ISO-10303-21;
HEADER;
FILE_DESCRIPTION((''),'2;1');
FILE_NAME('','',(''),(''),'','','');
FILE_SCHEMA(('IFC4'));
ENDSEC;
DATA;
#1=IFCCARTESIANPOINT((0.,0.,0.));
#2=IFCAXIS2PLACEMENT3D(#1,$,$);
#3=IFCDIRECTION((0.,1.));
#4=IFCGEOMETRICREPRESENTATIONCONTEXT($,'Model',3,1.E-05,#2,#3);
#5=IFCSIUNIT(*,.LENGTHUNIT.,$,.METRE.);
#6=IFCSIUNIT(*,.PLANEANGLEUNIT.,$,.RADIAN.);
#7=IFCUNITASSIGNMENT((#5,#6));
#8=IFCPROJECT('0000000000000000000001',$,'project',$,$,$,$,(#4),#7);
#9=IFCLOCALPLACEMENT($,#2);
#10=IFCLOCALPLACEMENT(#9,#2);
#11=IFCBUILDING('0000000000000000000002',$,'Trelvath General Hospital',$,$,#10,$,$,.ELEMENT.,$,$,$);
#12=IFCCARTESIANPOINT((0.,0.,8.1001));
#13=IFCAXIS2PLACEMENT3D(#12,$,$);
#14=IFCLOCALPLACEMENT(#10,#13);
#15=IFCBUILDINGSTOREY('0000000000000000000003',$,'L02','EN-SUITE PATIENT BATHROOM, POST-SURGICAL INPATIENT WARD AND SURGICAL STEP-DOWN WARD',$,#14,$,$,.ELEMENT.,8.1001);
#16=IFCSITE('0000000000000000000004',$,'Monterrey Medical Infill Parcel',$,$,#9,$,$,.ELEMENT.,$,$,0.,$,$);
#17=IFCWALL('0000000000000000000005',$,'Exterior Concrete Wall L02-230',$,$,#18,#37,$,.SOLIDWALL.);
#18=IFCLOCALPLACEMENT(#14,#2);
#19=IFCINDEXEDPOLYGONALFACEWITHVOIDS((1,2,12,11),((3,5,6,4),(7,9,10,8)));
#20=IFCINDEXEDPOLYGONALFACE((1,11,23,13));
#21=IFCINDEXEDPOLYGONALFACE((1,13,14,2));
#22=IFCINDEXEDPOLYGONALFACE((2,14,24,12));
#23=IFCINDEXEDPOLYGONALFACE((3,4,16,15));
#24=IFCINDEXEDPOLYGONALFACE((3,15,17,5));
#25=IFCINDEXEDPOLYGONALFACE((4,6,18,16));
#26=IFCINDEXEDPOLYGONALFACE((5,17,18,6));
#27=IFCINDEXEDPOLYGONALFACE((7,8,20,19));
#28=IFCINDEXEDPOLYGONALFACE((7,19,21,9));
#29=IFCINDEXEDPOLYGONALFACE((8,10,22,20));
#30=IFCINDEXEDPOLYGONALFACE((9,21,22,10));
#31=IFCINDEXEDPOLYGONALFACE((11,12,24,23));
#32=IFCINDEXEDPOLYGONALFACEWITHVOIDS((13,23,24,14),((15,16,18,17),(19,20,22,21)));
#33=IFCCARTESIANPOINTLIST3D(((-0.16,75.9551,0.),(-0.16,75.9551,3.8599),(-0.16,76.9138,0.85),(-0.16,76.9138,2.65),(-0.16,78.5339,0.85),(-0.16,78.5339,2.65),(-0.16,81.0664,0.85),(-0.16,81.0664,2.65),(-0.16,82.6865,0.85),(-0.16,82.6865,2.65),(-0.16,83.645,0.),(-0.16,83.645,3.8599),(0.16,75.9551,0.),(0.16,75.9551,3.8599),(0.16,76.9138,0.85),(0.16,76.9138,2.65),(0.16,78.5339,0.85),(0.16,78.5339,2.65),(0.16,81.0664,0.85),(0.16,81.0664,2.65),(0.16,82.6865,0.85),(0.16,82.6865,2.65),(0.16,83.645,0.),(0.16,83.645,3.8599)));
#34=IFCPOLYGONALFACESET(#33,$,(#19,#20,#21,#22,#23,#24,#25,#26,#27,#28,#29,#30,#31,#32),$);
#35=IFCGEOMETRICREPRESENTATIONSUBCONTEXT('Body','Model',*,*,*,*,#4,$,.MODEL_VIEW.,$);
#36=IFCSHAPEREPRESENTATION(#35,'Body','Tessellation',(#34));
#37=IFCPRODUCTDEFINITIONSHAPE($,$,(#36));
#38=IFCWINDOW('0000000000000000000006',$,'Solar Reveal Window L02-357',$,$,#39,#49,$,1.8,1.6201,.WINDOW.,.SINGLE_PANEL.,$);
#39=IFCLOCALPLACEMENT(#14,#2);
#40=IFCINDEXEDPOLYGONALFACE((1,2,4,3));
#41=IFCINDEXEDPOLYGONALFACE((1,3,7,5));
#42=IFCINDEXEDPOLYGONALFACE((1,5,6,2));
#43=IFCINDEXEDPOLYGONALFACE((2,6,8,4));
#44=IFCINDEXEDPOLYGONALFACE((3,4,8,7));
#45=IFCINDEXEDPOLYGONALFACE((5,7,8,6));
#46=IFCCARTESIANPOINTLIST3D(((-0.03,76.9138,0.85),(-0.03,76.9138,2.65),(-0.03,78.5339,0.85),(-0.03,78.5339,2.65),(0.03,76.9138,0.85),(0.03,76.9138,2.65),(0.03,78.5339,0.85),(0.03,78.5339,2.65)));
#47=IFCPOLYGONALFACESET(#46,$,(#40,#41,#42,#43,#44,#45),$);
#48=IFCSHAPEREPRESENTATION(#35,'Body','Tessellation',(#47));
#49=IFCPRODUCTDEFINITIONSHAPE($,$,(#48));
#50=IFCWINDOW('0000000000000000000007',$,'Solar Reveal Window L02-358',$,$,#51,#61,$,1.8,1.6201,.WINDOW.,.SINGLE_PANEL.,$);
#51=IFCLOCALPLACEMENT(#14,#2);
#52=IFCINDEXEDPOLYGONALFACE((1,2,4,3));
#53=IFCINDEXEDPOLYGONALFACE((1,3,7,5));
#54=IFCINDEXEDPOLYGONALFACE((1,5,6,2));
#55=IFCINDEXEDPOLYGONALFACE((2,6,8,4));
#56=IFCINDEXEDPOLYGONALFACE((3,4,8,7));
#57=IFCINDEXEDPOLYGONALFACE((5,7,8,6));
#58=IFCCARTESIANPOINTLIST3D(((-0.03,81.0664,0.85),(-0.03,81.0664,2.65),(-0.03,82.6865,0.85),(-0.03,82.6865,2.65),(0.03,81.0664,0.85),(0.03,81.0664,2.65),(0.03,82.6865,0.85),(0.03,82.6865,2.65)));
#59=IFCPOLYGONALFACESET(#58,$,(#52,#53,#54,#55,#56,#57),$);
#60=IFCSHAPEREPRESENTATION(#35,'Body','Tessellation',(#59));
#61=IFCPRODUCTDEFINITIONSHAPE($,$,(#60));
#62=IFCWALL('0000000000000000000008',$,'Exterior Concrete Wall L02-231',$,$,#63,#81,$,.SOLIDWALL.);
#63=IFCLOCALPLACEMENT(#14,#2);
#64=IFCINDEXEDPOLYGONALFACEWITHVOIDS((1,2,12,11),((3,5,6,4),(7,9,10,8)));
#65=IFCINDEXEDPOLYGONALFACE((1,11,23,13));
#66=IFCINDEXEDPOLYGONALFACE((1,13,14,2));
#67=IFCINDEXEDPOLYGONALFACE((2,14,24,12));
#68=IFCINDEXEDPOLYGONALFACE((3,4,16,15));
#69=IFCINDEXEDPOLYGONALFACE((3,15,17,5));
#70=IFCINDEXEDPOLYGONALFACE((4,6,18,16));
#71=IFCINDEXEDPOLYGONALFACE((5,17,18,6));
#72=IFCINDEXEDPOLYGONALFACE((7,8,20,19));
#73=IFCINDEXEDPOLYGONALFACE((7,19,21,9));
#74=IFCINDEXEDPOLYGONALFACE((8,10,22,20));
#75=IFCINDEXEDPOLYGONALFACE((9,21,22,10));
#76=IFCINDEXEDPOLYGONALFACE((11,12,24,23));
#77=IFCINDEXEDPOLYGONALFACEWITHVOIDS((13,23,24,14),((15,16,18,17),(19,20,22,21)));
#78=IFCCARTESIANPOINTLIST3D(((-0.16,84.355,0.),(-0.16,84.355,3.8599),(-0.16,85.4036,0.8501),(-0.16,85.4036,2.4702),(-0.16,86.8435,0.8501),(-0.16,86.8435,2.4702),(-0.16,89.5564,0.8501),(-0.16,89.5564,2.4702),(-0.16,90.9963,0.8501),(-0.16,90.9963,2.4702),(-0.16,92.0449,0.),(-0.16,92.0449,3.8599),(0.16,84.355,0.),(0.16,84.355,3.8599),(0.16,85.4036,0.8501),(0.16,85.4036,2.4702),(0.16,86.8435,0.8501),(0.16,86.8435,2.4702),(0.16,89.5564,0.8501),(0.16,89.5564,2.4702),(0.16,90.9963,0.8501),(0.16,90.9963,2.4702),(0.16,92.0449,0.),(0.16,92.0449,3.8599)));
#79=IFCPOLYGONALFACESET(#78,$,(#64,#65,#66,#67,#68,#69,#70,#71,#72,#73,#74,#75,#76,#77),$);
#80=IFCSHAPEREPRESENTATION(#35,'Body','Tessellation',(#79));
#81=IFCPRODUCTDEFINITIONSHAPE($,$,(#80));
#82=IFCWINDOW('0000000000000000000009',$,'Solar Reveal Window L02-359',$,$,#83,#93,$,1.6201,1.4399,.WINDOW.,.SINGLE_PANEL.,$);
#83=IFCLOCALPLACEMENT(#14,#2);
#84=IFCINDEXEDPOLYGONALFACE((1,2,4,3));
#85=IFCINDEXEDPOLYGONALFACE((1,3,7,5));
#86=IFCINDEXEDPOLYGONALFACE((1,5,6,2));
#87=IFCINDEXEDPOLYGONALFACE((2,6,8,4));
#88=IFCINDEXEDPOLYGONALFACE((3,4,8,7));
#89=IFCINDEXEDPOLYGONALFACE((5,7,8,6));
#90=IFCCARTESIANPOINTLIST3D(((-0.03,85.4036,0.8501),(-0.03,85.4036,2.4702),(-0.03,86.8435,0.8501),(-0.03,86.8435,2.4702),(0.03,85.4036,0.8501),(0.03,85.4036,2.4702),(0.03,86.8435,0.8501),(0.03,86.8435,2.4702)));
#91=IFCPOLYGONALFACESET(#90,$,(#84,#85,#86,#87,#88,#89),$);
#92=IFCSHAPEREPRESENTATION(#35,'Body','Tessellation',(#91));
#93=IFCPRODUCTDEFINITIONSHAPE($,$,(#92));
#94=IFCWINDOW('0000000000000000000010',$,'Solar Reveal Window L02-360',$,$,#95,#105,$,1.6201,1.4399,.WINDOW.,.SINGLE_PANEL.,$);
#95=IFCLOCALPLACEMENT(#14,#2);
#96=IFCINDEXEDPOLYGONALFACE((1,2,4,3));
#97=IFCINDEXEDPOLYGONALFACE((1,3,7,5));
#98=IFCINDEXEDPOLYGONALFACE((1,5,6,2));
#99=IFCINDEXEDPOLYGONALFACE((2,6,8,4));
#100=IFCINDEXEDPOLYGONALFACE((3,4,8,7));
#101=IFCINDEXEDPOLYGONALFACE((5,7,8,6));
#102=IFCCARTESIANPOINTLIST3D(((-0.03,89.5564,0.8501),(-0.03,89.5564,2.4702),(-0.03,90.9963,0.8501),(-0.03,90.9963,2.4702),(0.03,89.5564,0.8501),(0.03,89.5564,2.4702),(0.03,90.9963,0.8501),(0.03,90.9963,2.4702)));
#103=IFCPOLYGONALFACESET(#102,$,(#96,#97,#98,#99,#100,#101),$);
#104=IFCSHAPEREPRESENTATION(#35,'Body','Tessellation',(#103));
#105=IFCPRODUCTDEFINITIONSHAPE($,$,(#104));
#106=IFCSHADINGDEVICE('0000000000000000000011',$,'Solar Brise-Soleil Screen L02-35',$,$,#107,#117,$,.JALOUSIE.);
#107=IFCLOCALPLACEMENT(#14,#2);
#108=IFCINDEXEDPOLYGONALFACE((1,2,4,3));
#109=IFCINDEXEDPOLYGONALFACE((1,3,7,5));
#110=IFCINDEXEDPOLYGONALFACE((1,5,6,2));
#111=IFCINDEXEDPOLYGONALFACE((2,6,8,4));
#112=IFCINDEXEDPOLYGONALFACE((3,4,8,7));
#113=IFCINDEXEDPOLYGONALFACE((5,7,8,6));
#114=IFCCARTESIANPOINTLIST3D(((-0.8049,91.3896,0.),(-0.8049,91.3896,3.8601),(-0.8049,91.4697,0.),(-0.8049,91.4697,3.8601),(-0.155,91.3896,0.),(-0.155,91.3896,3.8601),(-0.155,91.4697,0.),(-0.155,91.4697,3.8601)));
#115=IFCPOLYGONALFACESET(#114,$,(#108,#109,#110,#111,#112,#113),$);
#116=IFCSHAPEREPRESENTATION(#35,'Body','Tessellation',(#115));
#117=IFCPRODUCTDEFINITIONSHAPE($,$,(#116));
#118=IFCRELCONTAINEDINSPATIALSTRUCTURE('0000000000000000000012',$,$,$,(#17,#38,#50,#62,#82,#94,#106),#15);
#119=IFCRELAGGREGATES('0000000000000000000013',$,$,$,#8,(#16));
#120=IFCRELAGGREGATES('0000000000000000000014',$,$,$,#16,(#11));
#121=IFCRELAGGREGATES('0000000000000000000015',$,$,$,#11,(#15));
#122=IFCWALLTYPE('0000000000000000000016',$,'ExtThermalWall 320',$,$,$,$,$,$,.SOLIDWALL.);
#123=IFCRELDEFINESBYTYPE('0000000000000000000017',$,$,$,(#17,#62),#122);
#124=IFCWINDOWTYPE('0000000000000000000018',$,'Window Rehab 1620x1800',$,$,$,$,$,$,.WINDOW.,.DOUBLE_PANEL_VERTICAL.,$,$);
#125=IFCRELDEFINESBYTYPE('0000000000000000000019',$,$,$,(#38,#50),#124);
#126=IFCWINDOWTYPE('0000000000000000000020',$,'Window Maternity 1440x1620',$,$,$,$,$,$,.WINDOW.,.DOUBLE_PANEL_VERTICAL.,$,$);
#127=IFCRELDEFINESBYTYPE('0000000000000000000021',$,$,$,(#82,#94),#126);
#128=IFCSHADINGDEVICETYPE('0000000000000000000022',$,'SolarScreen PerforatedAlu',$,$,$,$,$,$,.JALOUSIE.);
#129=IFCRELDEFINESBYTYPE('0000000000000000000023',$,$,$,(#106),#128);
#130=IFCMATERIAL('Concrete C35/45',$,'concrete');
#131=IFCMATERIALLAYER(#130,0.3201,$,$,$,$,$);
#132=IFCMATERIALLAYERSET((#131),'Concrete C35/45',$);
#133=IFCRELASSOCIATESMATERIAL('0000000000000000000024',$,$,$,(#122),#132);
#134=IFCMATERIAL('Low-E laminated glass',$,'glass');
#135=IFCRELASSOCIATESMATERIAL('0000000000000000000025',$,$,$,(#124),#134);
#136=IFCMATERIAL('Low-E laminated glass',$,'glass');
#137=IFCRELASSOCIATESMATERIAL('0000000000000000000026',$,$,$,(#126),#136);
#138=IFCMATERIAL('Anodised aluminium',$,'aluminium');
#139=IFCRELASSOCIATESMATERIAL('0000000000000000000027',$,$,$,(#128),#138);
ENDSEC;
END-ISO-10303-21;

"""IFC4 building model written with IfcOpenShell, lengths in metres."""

from ifc_helpers import new_model, si_unit, direction, frame, frame_2d, origin, origin_2d, place, context, subcontext, project, spatial, rectangle, extrude, material, layer, layer_set, type_object, element, fill, save


model = new_model("IFC4")

# Units and contexts
model_context = context("Model", 3, precision=1e-05, world=origin(), true_north=direction((0.0, 1.0)))
body_context = subcontext(model_context, "Body", "Model", "MODEL_VIEW")
ifc_project = project(units=[si_unit("LENGTHUNIT", "METRE"), si_unit("PLANEANGLEUNIT", "RADIAN")], contexts=[model_context])

# Site, building, storey
site_placement = place(None, origin())
site = spatial("IfcSite", under=ifc_project, at=site_placement, Name="Monterrey Medical Infill Parcel", CompositionType="ELEMENT", RefElevation=0.0)
building_placement = place(site_placement, origin())
building = spatial("IfcBuilding", under=site, at=building_placement, Name="Trelvath General Hospital", CompositionType="ELEMENT")
storey_placement = place(building_placement, frame((0.0, 0.0, 8.1001)))
storey = spatial("IfcBuildingStorey", under=building, at=storey_placement, Name="L02", Description="EN-SUITE PATIENT BATHROOM, POST-SURGICAL INPATIENT WARD AND SURGICAL STEP-DOWN WARD", CompositionType="ELEMENT", Elevation=8.1001)

# Walls, openings, windows
ifc_material_1 = material(Name="Concrete C35/45", Category="concrete")
ifc_layer_1 = layer(ifc_material_1, 0.3201)
ifc_layer_set_1 = layer_set([ifc_layer_1], Name="Concrete C35/45")
wall_type_1 = type_object("IfcWallType", Name="ExtThermalWall 320", PredefinedType="SOLIDWALL", material=ifc_layer_set_1)
wall_1_placement = place(storey_placement, frame((0.0, 75.9551, 0.0), z_axis=(0.0, 0.0, 1.0), x_axis=(0.0, 1.0, 0.0)))
wall_1 = element("IfcWall", 1, at=wall_1_placement, inside=storey, type_object=wall_type_1, Name="Exterior Concrete Wall L02-230", PredefinedType="SOLIDWALL", context=body_context, shape_type="SweptSolid", body=[
    extrude(rectangle(XDim=7.6899, YDim=0.3201, at=frame_2d((3.845, 0.0))), origin(), (0.0, 0.0, 1.0), 3.8599),
])
opening_1_placement = place(wall_1_placement, frame((0.9587, 0.0, 0.8501)))
opening_1 = element("IfcOpeningElement", 2, at=opening_1_placement, cuts=wall_1, PredefinedType="OPENING", context=body_context, shape_type="SweptSolid", body=[
    extrude(rectangle(XDim=1.6201, YDim=1.8, at=frame_2d((0.8101, 0.8999))), frame((0.0, 0.1699, 0.0), z_axis=(0.0, -1.0, 0.0), x_axis=(1.0, 0.0, 0.0)), (0.0, 0.0, 1.0), 0.3401),
])
opening_2_placement = place(wall_1_placement, frame((5.1113, 0.0, 0.8501)))
opening_2 = element("IfcOpeningElement", 3, at=opening_2_placement, cuts=wall_1, PredefinedType="OPENING", context=body_context, shape_type="SweptSolid", body=[
    extrude(rectangle(XDim=1.6201, YDim=1.8, at=frame_2d((0.8101, 0.8999))), frame((0.0, 0.1699, 0.0), z_axis=(0.0, -1.0, 0.0), x_axis=(1.0, 0.0, 0.0)), (0.0, 0.0, 1.0), 0.3401),
])
ifc_material_2 = material(Name="Low-E laminated glass", Category="glass")
window_type_1 = type_object("IfcWindowType", Name="Window Rehab 1620x1800", PartitioningType="DOUBLE_PANEL_VERTICAL", PredefinedType="WINDOW", material=ifc_material_2)
window_1_placement = place(opening_1_placement, origin())
window_1 = element("IfcWindow", 4, at=window_1_placement, inside=storey, type_object=window_type_1, Name="Solar Reveal Window L02-357", OverallHeight=1.8, OverallWidth=1.6201, PartitioningType="SINGLE_PANEL", PredefinedType="WINDOW", context=body_context, shape_type="SweptSolid", body=[
    extrude(rectangle(XDim=1.6201, YDim=1.8, at=frame_2d((0.8101, 0.8999))), frame((0.0, 0.03, 0.0), z_axis=(0.0, -1.0, 0.0), x_axis=(1.0, 0.0, 0.0)), (0.0, 0.0, 1.0), 0.0601),
])
fill(opening_1, window_1)
window_2_placement = place(opening_2_placement, origin())
window_2 = element("IfcWindow", 5, at=window_2_placement, inside=storey, type_object=window_type_1, Name="Solar Reveal Window L02-358", OverallHeight=1.8, OverallWidth=1.6201, PartitioningType="SINGLE_PANEL", PredefinedType="WINDOW", context=body_context, shape_type="SweptSolid", body=[
    extrude(rectangle(XDim=1.6201, YDim=1.8, at=frame_2d((0.8101, 0.8999))), frame((0.0, 0.03, 0.0), z_axis=(0.0, -1.0, 0.0), x_axis=(1.0, 0.0, 0.0)), (0.0, 0.0, 1.0), 0.0601),
])
fill(opening_2, window_2)
wall_2_placement = place(storey_placement, frame((0.0, 84.355, 0.0), z_axis=(0.0, 0.0, 1.0), x_axis=(0.0, 1.0, 0.0)))
wall_2 = element("IfcWall", 6, at=wall_2_placement, inside=storey, type_object=wall_type_1, Name="Exterior Concrete Wall L02-231", PredefinedType="SOLIDWALL", context=body_context, shape_type="SweptSolid", body=[
    extrude(rectangle(XDim=7.6899, YDim=0.3201, at=frame_2d((3.845, 0.0))), origin(), (0.0, 0.0, 1.0), 3.8599),
])
opening_3_placement = place(wall_2_placement, frame((1.0486, 0.0, 0.8501)))
opening_3 = element("IfcOpeningElement", 7, at=opening_3_placement, cuts=wall_2, PredefinedType="OPENING", context=body_context, shape_type="SweptSolid", body=[
    extrude(rectangle(XDim=1.4399, YDim=1.6201, at=frame_2d((0.72, 0.8101))), frame((0.0, 0.1699, 0.0), z_axis=(0.0, -1.0, 0.0), x_axis=(1.0, 0.0, 0.0)), (0.0, 0.0, 1.0), 0.3401),
])
opening_4_placement = place(wall_2_placement, frame((5.2014, 0.0, 0.8501)))
opening_4 = element("IfcOpeningElement", 8, at=opening_4_placement, cuts=wall_2, PredefinedType="OPENING", context=body_context, shape_type="SweptSolid", body=[
    extrude(rectangle(XDim=1.4399, YDim=1.6201, at=frame_2d((0.72, 0.8101))), frame((0.0, 0.1699, 0.0), z_axis=(0.0, -1.0, 0.0), x_axis=(1.0, 0.0, 0.0)), (0.0, 0.0, 1.0), 0.3401),
])
ifc_material_3 = material(Name="Low-E laminated glass", Category="glass")
window_type_2 = type_object("IfcWindowType", Name="Window Maternity 1440x1620", PartitioningType="DOUBLE_PANEL_VERTICAL", PredefinedType="WINDOW", material=ifc_material_3)
window_3_placement = place(opening_3_placement, origin())
window_3 = element("IfcWindow", 9, at=window_3_placement, inside=storey, type_object=window_type_2, Name="Solar Reveal Window L02-359", OverallHeight=1.6201, OverallWidth=1.4399, PartitioningType="SINGLE_PANEL", PredefinedType="WINDOW", context=body_context, shape_type="SweptSolid", body=[
    extrude(rectangle(XDim=1.4399, YDim=1.6201, at=frame_2d((0.72, 0.8101))), frame((0.0, 0.03, 0.0), z_axis=(0.0, -1.0, 0.0), x_axis=(1.0, 0.0, 0.0)), (0.0, 0.0, 1.0), 0.0601),
])
fill(opening_3, window_3)
window_4_placement = place(opening_4_placement, origin())
window_4 = element("IfcWindow", 10, at=window_4_placement, inside=storey, type_object=window_type_2, Name="Solar Reveal Window L02-360", OverallHeight=1.6201, OverallWidth=1.4399, PartitioningType="SINGLE_PANEL", PredefinedType="WINDOW", context=body_context, shape_type="SweptSolid", body=[
    extrude(rectangle(XDim=1.4399, YDim=1.6201, at=frame_2d((0.72, 0.8101))), frame((0.0, 0.03, 0.0), z_axis=(0.0, -1.0, 0.0), x_axis=(1.0, 0.0, 0.0)), (0.0, 0.0, 1.0), 0.0601),
])
fill(opening_4, window_4)

# Shading device
ifc_material_4 = material(Name="Anodised aluminium", Category="aluminium")
shading_device_type = type_object("IfcShadingDeviceType", Name="SolarScreen PerforatedAlu", PredefinedType="JALOUSIE", material=ifc_material_4)
shading_device_placement = place(storey_placement, frame((-0.48, 91.4297, 0.0), z_axis=(0.0, 0.0, 1.0), x_axis=(-1.0, 0.0, 0.0)))
element("IfcShadingDevice", 11, at=shading_device_placement, inside=storey, type_object=shading_device_type, Name="Solar Brise-Soleil Screen L02-35", PredefinedType="JALOUSIE", context=body_context, shape_type="SweptSolid", body=[
    extrude(rectangle(XDim=0.6499, YDim=0.0801, at=origin_2d()), origin(), (0.0, 0.0, 1.0), 3.8601),
])

save(model, "model.ifc")
